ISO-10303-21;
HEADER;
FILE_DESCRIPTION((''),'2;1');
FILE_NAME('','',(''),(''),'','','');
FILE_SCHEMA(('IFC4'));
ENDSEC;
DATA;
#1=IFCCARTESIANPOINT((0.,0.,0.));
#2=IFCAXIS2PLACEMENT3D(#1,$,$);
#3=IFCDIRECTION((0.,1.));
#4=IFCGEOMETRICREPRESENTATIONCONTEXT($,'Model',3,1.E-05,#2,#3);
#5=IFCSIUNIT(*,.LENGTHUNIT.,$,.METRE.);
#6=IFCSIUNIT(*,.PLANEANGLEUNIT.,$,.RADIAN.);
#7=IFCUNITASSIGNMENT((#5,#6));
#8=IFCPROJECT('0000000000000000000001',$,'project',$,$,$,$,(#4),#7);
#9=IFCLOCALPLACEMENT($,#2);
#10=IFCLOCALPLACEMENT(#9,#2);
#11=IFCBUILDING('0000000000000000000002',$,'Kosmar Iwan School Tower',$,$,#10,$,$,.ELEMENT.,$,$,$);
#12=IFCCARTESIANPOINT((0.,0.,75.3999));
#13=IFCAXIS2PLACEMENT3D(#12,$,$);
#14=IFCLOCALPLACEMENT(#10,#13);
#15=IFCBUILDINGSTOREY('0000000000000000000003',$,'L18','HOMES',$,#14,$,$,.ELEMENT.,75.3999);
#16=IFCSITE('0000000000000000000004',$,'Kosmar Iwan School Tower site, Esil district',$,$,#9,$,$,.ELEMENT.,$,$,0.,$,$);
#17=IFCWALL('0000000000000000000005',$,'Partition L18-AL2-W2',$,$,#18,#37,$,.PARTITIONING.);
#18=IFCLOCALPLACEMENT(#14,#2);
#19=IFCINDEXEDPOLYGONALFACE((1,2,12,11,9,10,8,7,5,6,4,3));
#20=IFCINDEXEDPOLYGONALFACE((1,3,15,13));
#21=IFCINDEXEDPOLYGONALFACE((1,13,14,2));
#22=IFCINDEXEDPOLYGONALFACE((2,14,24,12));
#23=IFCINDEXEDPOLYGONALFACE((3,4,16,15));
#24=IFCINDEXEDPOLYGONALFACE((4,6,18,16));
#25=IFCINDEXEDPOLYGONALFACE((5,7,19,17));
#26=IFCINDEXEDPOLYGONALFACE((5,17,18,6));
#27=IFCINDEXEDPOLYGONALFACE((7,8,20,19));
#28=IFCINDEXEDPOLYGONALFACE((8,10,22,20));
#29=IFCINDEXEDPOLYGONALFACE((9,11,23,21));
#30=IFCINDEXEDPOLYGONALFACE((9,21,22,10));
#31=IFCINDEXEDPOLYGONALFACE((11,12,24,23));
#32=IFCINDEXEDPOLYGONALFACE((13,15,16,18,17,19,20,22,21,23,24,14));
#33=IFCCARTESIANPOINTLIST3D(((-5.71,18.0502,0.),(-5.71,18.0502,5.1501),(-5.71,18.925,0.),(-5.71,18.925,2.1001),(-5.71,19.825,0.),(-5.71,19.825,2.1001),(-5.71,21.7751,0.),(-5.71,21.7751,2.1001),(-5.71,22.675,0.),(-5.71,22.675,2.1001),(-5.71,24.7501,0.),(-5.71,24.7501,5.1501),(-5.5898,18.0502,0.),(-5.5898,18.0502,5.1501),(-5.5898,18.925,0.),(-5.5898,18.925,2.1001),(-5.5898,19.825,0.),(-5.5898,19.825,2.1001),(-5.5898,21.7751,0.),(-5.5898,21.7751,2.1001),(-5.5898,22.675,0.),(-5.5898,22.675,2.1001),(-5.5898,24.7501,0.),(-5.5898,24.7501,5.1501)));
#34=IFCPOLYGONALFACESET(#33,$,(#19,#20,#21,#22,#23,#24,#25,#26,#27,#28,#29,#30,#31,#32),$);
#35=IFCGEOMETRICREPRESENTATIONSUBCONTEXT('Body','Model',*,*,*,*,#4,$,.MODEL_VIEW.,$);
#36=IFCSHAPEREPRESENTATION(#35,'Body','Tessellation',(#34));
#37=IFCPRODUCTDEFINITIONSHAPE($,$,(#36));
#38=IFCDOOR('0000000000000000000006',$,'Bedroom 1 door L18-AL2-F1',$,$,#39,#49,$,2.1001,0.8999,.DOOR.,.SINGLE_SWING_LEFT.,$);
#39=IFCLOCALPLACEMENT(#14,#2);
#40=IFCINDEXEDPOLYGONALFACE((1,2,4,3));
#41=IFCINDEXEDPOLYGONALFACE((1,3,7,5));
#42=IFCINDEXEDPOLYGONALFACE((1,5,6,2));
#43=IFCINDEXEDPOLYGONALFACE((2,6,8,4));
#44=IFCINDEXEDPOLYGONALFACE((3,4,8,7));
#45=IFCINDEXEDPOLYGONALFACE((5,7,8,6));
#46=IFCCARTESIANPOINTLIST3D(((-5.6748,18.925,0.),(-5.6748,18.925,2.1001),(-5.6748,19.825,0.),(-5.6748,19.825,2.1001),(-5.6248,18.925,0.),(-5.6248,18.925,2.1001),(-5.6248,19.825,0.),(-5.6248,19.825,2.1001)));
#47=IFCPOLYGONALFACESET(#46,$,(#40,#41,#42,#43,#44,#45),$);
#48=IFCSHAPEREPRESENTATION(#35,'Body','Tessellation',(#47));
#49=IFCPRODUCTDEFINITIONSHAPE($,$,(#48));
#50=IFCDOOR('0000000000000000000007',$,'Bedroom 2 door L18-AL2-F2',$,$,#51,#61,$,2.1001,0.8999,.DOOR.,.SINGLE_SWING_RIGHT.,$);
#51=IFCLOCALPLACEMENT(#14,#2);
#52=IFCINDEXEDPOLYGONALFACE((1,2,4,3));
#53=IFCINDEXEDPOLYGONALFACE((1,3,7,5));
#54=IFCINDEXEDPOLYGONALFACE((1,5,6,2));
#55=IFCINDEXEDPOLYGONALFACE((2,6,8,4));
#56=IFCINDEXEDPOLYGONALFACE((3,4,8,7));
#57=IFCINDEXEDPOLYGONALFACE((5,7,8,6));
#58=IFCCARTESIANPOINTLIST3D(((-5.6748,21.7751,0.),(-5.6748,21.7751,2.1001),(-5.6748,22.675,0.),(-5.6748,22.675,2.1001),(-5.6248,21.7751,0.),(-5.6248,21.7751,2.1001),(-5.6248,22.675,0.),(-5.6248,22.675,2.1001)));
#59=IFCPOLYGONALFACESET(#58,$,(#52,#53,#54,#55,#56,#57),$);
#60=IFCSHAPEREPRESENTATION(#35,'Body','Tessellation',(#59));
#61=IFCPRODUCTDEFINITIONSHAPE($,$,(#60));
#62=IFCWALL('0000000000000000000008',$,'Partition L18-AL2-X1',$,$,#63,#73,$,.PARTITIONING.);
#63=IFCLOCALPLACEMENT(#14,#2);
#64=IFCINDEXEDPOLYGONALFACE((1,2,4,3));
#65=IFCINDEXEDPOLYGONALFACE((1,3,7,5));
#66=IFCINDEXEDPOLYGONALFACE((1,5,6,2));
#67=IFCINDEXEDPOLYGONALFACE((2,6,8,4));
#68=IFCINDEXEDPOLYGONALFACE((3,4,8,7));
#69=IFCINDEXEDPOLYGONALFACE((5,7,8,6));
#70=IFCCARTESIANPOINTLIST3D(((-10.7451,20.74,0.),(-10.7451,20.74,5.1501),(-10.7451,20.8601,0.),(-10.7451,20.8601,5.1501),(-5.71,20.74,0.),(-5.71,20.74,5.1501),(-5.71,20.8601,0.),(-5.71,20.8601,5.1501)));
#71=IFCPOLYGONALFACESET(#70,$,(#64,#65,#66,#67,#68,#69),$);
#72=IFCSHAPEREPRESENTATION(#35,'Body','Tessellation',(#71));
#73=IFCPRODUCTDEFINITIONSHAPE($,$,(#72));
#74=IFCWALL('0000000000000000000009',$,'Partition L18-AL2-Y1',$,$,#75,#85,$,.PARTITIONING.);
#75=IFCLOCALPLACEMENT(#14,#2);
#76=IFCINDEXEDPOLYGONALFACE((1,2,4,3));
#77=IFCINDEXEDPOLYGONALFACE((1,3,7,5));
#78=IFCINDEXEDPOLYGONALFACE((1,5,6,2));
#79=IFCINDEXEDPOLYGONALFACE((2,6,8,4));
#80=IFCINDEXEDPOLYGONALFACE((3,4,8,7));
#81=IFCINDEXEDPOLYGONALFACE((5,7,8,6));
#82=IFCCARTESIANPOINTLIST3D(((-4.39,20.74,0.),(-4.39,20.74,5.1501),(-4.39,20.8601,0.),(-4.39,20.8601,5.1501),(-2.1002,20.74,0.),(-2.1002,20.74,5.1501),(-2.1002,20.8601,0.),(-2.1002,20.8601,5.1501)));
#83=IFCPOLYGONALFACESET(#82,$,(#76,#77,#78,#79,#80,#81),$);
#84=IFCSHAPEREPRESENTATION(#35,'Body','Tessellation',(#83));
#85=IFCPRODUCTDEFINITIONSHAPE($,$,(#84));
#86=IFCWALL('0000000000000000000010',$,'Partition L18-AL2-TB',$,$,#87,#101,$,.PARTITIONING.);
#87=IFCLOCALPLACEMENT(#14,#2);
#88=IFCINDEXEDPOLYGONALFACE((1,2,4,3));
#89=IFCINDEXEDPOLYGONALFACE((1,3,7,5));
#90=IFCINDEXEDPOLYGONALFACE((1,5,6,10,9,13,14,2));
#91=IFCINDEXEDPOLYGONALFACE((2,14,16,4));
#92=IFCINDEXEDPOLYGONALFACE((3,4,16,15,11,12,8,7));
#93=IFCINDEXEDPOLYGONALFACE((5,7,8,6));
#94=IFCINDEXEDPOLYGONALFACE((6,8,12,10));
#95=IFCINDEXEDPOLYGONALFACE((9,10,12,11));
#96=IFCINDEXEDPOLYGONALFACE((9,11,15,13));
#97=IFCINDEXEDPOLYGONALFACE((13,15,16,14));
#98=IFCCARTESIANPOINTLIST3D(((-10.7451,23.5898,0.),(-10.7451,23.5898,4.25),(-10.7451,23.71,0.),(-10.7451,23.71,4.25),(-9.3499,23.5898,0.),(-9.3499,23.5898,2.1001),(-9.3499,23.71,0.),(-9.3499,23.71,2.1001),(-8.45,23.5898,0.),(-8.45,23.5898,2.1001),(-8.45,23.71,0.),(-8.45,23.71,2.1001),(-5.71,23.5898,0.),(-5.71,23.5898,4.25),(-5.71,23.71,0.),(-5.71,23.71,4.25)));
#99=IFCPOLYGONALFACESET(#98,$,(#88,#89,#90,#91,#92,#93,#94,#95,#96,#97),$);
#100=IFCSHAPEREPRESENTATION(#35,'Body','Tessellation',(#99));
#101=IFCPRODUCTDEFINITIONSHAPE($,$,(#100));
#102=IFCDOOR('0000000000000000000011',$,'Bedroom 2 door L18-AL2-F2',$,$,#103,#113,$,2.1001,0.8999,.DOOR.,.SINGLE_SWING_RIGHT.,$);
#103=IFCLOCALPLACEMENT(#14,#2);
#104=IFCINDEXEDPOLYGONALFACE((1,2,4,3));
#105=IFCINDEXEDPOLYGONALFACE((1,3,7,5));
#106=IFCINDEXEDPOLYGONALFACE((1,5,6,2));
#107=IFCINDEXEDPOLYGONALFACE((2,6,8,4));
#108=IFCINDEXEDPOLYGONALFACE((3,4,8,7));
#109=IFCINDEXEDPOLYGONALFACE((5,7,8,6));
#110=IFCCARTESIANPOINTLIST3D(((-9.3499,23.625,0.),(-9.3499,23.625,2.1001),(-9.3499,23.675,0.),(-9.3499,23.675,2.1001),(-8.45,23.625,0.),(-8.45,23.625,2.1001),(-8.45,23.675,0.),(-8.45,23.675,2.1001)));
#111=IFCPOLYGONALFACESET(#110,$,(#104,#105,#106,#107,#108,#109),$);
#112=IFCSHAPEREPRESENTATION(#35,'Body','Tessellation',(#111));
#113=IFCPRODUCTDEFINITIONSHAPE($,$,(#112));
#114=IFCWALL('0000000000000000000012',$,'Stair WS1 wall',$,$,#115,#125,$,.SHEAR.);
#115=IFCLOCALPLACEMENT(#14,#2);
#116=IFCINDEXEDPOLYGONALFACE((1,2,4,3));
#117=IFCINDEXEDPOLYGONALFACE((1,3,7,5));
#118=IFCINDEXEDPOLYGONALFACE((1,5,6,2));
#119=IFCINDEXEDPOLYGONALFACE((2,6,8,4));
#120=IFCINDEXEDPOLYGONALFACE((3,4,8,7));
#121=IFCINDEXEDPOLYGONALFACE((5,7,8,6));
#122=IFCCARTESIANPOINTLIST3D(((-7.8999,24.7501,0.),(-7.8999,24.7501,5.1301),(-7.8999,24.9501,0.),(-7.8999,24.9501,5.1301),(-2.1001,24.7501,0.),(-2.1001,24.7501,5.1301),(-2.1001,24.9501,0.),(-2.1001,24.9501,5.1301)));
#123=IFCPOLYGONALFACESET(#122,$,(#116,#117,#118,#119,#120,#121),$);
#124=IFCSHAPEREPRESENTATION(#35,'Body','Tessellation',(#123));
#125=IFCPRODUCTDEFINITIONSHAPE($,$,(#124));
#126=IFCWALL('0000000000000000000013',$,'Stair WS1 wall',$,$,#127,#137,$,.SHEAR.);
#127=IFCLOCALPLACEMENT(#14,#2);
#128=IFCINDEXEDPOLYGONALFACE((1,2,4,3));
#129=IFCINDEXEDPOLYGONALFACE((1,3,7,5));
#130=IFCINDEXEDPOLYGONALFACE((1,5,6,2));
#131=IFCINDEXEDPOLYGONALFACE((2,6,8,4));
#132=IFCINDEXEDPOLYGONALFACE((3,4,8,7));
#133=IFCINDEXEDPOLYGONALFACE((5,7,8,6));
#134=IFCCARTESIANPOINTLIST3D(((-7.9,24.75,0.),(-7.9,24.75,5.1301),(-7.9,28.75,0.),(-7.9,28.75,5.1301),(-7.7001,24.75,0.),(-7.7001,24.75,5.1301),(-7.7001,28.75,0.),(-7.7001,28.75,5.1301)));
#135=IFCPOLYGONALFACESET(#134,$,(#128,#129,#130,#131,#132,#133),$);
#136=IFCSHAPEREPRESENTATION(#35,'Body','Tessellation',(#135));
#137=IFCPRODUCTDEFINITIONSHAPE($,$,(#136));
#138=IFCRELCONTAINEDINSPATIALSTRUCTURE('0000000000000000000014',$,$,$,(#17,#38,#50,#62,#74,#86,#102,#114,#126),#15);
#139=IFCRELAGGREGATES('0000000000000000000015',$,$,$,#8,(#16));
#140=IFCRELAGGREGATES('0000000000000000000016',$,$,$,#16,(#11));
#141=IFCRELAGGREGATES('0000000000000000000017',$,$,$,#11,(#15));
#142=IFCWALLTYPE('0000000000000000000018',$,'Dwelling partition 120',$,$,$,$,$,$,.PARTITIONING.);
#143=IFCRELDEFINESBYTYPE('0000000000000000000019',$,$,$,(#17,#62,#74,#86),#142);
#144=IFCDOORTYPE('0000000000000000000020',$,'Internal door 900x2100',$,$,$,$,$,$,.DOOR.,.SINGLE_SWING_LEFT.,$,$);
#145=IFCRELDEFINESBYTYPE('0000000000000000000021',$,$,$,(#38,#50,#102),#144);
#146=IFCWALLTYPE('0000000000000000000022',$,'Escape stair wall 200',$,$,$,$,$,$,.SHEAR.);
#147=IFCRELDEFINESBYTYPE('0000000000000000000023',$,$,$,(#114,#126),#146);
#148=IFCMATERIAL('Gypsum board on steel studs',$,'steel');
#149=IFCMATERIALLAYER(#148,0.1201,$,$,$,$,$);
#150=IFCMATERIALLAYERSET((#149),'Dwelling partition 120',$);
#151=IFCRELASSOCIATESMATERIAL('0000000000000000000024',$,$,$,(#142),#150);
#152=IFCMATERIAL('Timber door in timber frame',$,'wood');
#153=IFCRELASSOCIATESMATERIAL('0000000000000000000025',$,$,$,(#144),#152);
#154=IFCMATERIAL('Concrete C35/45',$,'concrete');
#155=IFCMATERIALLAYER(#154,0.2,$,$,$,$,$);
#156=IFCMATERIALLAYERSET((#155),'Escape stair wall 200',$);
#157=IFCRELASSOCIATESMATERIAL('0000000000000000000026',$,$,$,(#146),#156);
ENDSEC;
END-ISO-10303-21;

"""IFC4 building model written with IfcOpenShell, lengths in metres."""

from ifc_helpers import new_model, si_unit, direction, frame, frame_2d, origin, place, context, subcontext, project, spatial, rectangle, extrude, material, layer, layer_set, type_object, element, fill, save


model = new_model("IFC4")

# Units and contexts
model_context = context("Model", 3, precision=1e-05, world=origin(), true_north=direction((0.0, 1.0)))
body_context = subcontext(model_context, "Body", "Model", "MODEL_VIEW")
ifc_project = project(units=[si_unit("LENGTHUNIT", "METRE"), si_unit("PLANEANGLEUNIT", "RADIAN")], contexts=[model_context])

# Site, building, storey
site_placement = place(None, origin())
site = spatial("IfcSite", under=ifc_project, at=site_placement, Name="Kosmar Iwan School Tower site, Esil district", CompositionType="ELEMENT", RefElevation=0.0)
building_placement = place(site_placement, origin())
building = spatial("IfcBuilding", under=site, at=building_placement, Name="Kosmar Iwan School Tower", CompositionType="ELEMENT")
storey_placement = place(building_placement, frame((0.0, 0.0, 75.3999)))
storey = spatial("IfcBuildingStorey", under=building, at=storey_placement, Name="L18", Description="HOMES", CompositionType="ELEMENT", Elevation=75.3999)

# Wall, openings, doors
ifc_material_1 = material(Name="Gypsum board on steel studs", Category="steel")
ifc_layer_1 = layer(ifc_material_1, 0.1201)
ifc_layer_set_1 = layer_set([ifc_layer_1], Name="Dwelling partition 120")
wall_type_1 = type_object("IfcWallType", Name="Dwelling partition 120", PredefinedType="PARTITIONING", material=ifc_layer_set_1)
ifc_material_2 = material(Name="Timber door in timber frame", Category="wood")
door_type_1 = type_object("IfcDoorType", Name="Internal door 900x2100", OperationType="SINGLE_SWING_LEFT", PredefinedType="DOOR", material=ifc_material_2)
wall_1_placement = place(storey_placement, frame((-5.6499, 18.05, 0.0), z_axis=(0.0, 0.0, 1.0), x_axis=(0.0, 1.0, 0.0)))
wall_1 = element("IfcWall", 1, at=wall_1_placement, inside=storey, type_object=wall_type_1, Name="Partition L18-AL2-W2", PredefinedType="PARTITIONING", context=body_context, shape_type="SweptSolid", body=[
    extrude(rectangle(XDim=6.7, YDim=0.1201, at=frame_2d((3.3501, 0.0))), origin(), (0.0, 0.0, 1.0), 5.1501),
])
opening_1_placement = place(wall_1_placement, frame((0.875, 0.0, 0.0)))
opening_1 = element("IfcOpeningElement", 2, at=opening_1_placement, cuts=wall_1, PredefinedType="OPENING", context=body_context, shape_type="SweptSolid", body=[
    extrude(rectangle(XDim=0.8999, YDim=2.1001, at=frame_2d((0.45, 1.05))), frame((0.0, 0.072, 0.0), z_axis=(0.0, -1.0, 0.0), x_axis=(1.0, 0.0, 0.0)), (0.0, 0.0, 1.0), 0.144),
])
opening_2_placement = place(wall_1_placement, frame((3.7251, 0.0, 0.0)))
opening_2 = element("IfcOpeningElement", 3, at=opening_2_placement, cuts=wall_1, PredefinedType="OPENING", context=body_context, shape_type="SweptSolid", body=[
    extrude(rectangle(XDim=0.8999, YDim=2.1001, at=frame_2d((0.45, 1.05))), frame((0.0, 0.072, 0.0), z_axis=(0.0, -1.0, 0.0), x_axis=(1.0, 0.0, 0.0)), (0.0, 0.0, 1.0), 0.144),
])
door_1_placement = place(opening_1_placement, origin())
door_1 = element("IfcDoor", 4, at=door_1_placement, inside=storey, type_object=door_type_1, Name="Bedroom 1 door L18-AL2-F1", OperationType="SINGLE_SWING_LEFT", OverallHeight=2.1001, OverallWidth=0.8999, PredefinedType="DOOR", context=body_context, shape_type="SweptSolid", body=[
    extrude(rectangle(XDim=0.8999, YDim=2.1001, at=frame_2d((0.45, 1.05))), frame((0.0, 0.0249, 0.0), z_axis=(0.0, -1.0, 0.0), x_axis=(1.0, 0.0, 0.0)), (0.0, 0.0, 1.0), 0.05),
])
fill(opening_1, door_1)
door_2_placement = place(opening_2_placement, origin())
door_2 = element("IfcDoor", 5, at=door_2_placement, inside=storey, type_object=door_type_1, Name="Bedroom 2 door L18-AL2-F2", OperationType="SINGLE_SWING_RIGHT", OverallHeight=2.1001, OverallWidth=0.8999, PredefinedType="DOOR", context=body_context, shape_type="SweptSolid", body=[
    extrude(rectangle(XDim=0.8999, YDim=2.1001, at=frame_2d((0.45, 1.05))), frame((0.0, 0.0249, 0.0), z_axis=(0.0, -1.0, 0.0), x_axis=(1.0, 0.0, 0.0)), (0.0, 0.0, 1.0), 0.05),
])
fill(opening_2, door_2)

# Walls
wall_2_placement = place(storey_placement, frame((-5.71, 20.8, 0.0), z_axis=(0.0, 0.0, 1.0), x_axis=(-1.0, 0.0, 0.0)))
element("IfcWall", 6, at=wall_2_placement, inside=storey, type_object=wall_type_1, Name="Partition L18-AL2-X1", PredefinedType="PARTITIONING", context=body_context, shape_type="SweptSolid", body=[
    extrude(rectangle(XDim=5.0352, YDim=0.1201, at=frame_2d((2.5176, 0.0))), origin(), (0.0, 0.0, 1.0), 5.1501),
])
wall_3_placement = place(storey_placement, frame((-2.1001, 20.8, 0.0), z_axis=(0.0, 0.0, 1.0), x_axis=(-1.0, 0.0, 0.0)))
element("IfcWall", 7, at=wall_3_placement, inside=storey, type_object=wall_type_1, Name="Partition L18-AL2-Y1", PredefinedType="PARTITIONING", context=body_context, shape_type="SweptSolid", body=[
    extrude(rectangle(XDim=2.2898, YDim=0.1201, at=frame_2d((1.145, 0.0))), origin(), (0.0, 0.0, 1.0), 5.1501),
])

# Wall, opening, door
wall_4_placement = place(storey_placement, frame((-5.71, 23.6499, 0.0), z_axis=(0.0, 0.0, 1.0), x_axis=(-1.0, 0.0, 0.0)))
wall_4 = element("IfcWall", 8, at=wall_4_placement, inside=storey, type_object=wall_type_1, Name="Partition L18-AL2-TB", PredefinedType="PARTITIONING", context=body_context, shape_type="SweptSolid", body=[
    extrude(rectangle(XDim=5.0352, YDim=0.1201, at=frame_2d((2.5176, 0.0))), origin(), (0.0, 0.0, 1.0), 4.25),
])
opening_3_placement = place(wall_4_placement, frame((2.74, 0.0, 0.0)))
opening_3 = element("IfcOpeningElement", 9, at=opening_3_placement, cuts=wall_4, PredefinedType="OPENING", context=body_context, shape_type="SweptSolid", body=[
    extrude(rectangle(XDim=0.8999, YDim=2.1001, at=frame_2d((0.45, 1.05))), frame((0.0, 0.072, 0.0), z_axis=(0.0, -1.0, 0.0), x_axis=(1.0, 0.0, 0.0)), (0.0, 0.0, 1.0), 0.144),
])
door_3_placement = place(opening_3_placement, origin())
door_3 = element("IfcDoor", 10, at=door_3_placement, inside=storey, type_object=door_type_1, Name="Bedroom 2 door L18-AL2-F2", OperationType="SINGLE_SWING_RIGHT", OverallHeight=2.1001, OverallWidth=0.8999, PredefinedType="DOOR", context=body_context, shape_type="SweptSolid", body=[
    extrude(rectangle(XDim=0.8999, YDim=2.1001, at=frame_2d((0.45, 1.05))), frame((0.0, 0.0249, 0.0), z_axis=(0.0, -1.0, 0.0), x_axis=(1.0, 0.0, 0.0)), (0.0, 0.0, 1.0), 0.05),
])
fill(opening_3, door_3)

# Walls
ifc_material_3 = material(Name="Concrete C35/45", Category="concrete")
ifc_layer_2 = layer(ifc_material_3, 0.2)
ifc_layer_set_2 = layer_set([ifc_layer_2], Name="Escape stair wall 200")
wall_type_2 = type_object("IfcWallType", Name="Escape stair wall 200", PredefinedType="SHEAR", material=ifc_layer_set_2)
wall_5_placement = place(storey_placement, frame((-2.1001, 24.8501, 0.0), z_axis=(0.0, 0.0, 1.0), x_axis=(-1.0, 0.0, 0.0)))
element("IfcWall", 11, at=wall_5_placement, inside=storey, type_object=wall_type_2, Name="Stair WS1 wall", PredefinedType="SHEAR", context=body_context, shape_type="SweptSolid", body=[
    extrude(rectangle(XDim=5.7998, YDim=0.2, at=frame_2d((2.8999, 0.0))), origin(), (0.0, 0.0, 1.0), 5.1301),
])
wall_6_placement = place(storey_placement, frame((-7.8, 24.75, 0.0), z_axis=(0.0, 0.0, 1.0), x_axis=(0.0, 1.0, 0.0)))
element("IfcWall", 12, at=wall_6_placement, inside=storey, type_object=wall_type_2, Name="Stair WS1 wall", PredefinedType="SHEAR", context=body_context, shape_type="SweptSolid", body=[
    extrude(rectangle(XDim=4.0, YDim=0.2, at=frame_2d((2.0, 0.0))), origin(), (0.0, 0.0, 1.0), 5.1301),
])

save(model, "model.ifc")
